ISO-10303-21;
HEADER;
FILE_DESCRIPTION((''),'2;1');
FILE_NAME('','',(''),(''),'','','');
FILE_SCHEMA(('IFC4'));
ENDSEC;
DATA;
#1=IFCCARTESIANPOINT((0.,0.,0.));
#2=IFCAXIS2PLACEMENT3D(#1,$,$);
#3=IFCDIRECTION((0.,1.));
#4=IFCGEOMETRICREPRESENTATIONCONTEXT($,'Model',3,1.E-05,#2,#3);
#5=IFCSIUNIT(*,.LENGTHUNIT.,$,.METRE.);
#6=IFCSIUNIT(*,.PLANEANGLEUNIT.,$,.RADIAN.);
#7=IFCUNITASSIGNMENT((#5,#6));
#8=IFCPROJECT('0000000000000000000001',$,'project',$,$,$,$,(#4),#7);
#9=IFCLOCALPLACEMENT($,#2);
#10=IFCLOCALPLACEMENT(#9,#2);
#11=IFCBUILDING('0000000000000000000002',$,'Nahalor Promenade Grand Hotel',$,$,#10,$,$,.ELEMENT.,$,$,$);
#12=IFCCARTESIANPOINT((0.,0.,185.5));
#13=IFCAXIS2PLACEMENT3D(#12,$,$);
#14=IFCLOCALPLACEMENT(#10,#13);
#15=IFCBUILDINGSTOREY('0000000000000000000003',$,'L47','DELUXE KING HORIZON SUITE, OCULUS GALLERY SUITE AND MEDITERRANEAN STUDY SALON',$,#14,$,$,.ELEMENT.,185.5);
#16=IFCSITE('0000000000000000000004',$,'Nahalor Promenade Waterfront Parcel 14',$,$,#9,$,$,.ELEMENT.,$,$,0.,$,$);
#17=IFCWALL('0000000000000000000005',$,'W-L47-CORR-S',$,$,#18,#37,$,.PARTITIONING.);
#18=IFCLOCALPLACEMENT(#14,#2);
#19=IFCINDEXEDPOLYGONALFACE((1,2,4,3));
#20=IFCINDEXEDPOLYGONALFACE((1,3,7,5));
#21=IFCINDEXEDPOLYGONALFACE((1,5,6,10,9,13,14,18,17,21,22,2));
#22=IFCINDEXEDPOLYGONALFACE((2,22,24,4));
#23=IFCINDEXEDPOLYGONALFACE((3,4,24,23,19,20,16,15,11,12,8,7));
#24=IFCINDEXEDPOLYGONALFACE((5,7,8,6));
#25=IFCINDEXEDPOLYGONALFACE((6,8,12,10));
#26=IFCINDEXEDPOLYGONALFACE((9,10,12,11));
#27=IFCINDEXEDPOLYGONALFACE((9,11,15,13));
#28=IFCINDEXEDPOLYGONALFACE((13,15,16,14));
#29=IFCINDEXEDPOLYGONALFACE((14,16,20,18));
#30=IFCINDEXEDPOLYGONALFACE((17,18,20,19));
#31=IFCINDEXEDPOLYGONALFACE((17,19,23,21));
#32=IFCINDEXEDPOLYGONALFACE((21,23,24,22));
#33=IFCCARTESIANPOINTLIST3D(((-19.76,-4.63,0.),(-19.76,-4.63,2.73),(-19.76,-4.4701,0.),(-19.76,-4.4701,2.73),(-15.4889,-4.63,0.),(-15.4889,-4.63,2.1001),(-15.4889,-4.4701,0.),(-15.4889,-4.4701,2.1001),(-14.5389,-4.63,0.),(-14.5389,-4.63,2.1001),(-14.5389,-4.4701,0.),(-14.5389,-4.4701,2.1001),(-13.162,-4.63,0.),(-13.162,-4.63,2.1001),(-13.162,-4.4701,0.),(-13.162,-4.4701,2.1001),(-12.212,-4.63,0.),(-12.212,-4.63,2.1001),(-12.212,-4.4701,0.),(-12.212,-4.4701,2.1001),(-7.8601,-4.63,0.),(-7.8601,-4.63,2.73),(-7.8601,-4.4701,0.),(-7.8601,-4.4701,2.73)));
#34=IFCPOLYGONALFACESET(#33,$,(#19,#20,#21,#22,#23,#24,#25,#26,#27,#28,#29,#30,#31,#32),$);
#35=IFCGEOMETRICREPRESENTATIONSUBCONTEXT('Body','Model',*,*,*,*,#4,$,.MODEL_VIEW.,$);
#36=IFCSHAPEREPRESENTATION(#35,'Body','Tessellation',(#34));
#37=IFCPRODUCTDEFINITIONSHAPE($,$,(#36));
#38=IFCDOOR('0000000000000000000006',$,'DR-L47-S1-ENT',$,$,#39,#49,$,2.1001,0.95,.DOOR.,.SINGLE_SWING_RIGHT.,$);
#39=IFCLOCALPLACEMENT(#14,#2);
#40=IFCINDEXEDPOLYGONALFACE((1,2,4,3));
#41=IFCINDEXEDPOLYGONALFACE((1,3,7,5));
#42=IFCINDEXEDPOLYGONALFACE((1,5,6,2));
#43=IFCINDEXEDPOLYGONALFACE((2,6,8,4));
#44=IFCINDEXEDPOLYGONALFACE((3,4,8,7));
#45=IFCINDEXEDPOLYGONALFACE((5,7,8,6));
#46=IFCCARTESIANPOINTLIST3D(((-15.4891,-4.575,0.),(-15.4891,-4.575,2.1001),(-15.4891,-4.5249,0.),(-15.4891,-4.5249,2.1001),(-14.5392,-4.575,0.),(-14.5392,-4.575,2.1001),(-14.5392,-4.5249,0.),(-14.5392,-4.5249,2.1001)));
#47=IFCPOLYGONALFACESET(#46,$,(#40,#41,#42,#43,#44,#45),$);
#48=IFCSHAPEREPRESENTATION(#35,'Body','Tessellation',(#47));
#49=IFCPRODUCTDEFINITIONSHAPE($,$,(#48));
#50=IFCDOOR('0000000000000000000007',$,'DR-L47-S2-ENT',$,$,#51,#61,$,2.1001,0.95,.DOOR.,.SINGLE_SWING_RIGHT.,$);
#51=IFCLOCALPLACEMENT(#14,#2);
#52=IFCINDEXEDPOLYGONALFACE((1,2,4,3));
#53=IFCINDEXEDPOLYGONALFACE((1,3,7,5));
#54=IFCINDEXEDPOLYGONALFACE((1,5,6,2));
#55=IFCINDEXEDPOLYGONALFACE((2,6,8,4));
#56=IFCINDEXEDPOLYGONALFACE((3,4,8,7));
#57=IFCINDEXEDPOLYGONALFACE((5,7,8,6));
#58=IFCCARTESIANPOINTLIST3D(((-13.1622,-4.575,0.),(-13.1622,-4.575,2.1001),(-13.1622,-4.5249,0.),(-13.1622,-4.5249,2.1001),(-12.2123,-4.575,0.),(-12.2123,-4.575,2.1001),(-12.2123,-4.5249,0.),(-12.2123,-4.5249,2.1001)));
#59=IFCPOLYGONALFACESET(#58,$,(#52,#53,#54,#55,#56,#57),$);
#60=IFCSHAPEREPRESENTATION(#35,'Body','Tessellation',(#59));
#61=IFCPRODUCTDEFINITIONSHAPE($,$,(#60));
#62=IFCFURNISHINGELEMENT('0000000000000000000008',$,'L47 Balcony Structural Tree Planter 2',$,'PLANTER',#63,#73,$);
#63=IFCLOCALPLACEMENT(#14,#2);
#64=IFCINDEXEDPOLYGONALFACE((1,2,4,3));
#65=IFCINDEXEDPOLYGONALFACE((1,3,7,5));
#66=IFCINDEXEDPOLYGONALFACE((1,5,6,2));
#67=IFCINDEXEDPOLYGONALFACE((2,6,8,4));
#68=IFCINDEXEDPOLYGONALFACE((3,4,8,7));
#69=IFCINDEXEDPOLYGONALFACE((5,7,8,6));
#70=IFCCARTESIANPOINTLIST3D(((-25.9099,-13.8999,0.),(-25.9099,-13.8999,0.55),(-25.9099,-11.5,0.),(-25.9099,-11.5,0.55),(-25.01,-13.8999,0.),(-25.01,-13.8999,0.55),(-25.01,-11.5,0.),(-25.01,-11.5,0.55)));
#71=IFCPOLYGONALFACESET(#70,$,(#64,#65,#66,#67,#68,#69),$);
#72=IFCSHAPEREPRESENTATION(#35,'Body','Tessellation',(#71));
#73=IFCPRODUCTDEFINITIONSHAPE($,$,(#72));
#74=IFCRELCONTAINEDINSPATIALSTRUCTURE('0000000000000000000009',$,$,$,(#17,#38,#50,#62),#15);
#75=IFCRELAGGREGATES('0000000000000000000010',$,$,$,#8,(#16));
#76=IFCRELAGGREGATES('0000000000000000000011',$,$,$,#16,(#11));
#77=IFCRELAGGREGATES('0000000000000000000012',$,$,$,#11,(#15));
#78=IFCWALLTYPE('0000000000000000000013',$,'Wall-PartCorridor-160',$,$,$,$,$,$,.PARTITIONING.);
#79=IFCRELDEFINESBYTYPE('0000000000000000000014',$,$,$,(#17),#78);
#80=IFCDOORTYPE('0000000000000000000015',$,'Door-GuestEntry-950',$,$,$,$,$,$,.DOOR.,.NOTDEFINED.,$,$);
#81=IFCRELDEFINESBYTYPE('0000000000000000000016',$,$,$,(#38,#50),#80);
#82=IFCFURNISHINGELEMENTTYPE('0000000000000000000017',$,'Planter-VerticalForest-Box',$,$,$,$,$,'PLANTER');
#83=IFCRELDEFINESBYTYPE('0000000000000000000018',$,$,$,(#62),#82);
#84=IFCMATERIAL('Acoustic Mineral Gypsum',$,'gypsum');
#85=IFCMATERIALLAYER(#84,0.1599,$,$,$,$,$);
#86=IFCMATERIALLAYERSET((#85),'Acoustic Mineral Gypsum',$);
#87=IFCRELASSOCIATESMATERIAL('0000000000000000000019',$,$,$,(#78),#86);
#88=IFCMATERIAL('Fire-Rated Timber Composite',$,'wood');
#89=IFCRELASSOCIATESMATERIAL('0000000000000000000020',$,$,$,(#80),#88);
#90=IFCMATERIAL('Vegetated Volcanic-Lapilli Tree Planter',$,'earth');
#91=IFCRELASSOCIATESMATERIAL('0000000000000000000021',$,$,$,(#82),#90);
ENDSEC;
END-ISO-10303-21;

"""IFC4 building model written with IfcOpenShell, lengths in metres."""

from ifc_helpers import new_model, si_unit, direction, frame, frame_2d, origin, origin_2d, place, context, subcontext, project, spatial, rectangle, extrude, source, transform, mapped, material, layer, layer_set, type_object, element, fill, save


model = new_model("IFC4")

# Units and contexts
model_context = context("Model", 3, precision=1e-05, world=origin(), true_north=direction((0.0, 1.0)))
body_context = subcontext(model_context, "Body", "Model", "MODEL_VIEW")
ifc_project = project(units=[si_unit("LENGTHUNIT", "METRE"), si_unit("PLANEANGLEUNIT", "RADIAN")], contexts=[model_context])

# Site, building, storey
site_placement = place(None, origin())
site = spatial("IfcSite", under=ifc_project, at=site_placement, Name="Nahalor Promenade Waterfront Parcel 14", CompositionType="ELEMENT", RefElevation=0.0)
building_placement = place(site_placement, origin())
building = spatial("IfcBuilding", under=site, at=building_placement, Name="Nahalor Promenade Grand Hotel", CompositionType="ELEMENT")
storey_placement = place(building_placement, frame((0.0, 0.0, 185.5)))
storey = spatial("IfcBuildingStorey", under=building, at=storey_placement, Name="L47", Description="DELUXE KING HORIZON SUITE, OCULUS GALLERY SUITE AND MEDITERRANEAN STUDY SALON", CompositionType="ELEMENT", Elevation=185.5)

# Wall, openings, doors
ifc_material_1 = material(Name="Acoustic Mineral Gypsum", Category="gypsum")
ifc_layer_1 = layer(ifc_material_1, 0.1599)
ifc_layer_set_1 = layer_set([ifc_layer_1], Name="Acoustic Mineral Gypsum")
wall_type = type_object("IfcWallType", Name="Wall-PartCorridor-160", PredefinedType="PARTITIONING", material=ifc_layer_set_1)
shared_shape_1 = source(origin(), body_context, "Body", "SweptSolid", [
    extrude(rectangle(XDim=11.8999, YDim=0.1599, at=frame_2d((5.95, 0.0))), origin(), (0.0, 0.0, 1.0), 2.73),
])
wall_placement = place(storey_placement, frame((-19.76, -4.55, 0.0), z_axis=(0.0, 0.0, 1.0), x_axis=(1.0, 0.0, 0.0)))
wall = element("IfcWall", 1, at=wall_placement, inside=storey, type_object=wall_type, Name="W-L47-CORR-S", PredefinedType="PARTITIONING", context=body_context, shape_type="MappedRepresentation", body=[
    mapped(shared_shape_1, transform((0.0, 0.0, 0.0), scale=1.0)),
])
opening_1_placement = place(wall_placement, frame((4.271, 0.0, 0.0)))
opening_1 = element("IfcOpeningElement", 2, at=opening_1_placement, cuts=wall, PredefinedType="OPENING", context=body_context, shape_type="SweptSolid", body=[
    extrude(rectangle(XDim=0.95, YDim=2.1001, at=frame_2d((0.4751, 1.05))), frame((0.0, 0.0898, 0.0), z_axis=(0.0, -1.0, 0.0), x_axis=(1.0, 0.0, 0.0)), (0.0, 0.0, 1.0), 0.1799),
])
opening_2_placement = place(wall_placement, frame((6.5979, 0.0, 0.0)))
opening_2 = element("IfcOpeningElement", 3, at=opening_2_placement, cuts=wall, PredefinedType="OPENING", context=body_context, shape_type="SweptSolid", body=[
    extrude(rectangle(XDim=0.95, YDim=2.1001, at=frame_2d((0.4751, 1.05))), frame((0.0, 0.0898, 0.0), z_axis=(0.0, -1.0, 0.0), x_axis=(1.0, 0.0, 0.0)), (0.0, 0.0, 1.0), 0.1799),
])
ifc_material_2 = material(Name="Fire-Rated Timber Composite", Category="wood")
door_type = type_object("IfcDoorType", Name="Door-GuestEntry-950", OperationType="NOTDEFINED", PredefinedType="DOOR", material=ifc_material_2)
shared_shape_2 = source(origin(), body_context, "Body", "SweptSolid", [
    extrude(rectangle(XDim=0.95, YDim=2.1001, at=frame_2d((0.4751, 1.05))), frame((0.0, 0.0249, 0.0), z_axis=(0.0, -1.0, 0.0), x_axis=(1.0, 0.0, 0.0)), (0.0, 0.0, 1.0), 0.05),
])
door_1_placement = place(opening_1_placement, frame((0.95, 0.0, 0.0), z_axis=(0.0, 0.0, 1.0), x_axis=(-1.0, 0.0, 0.0)))
door_1 = element("IfcDoor", 4, at=door_1_placement, inside=storey, type_object=door_type, Name="DR-L47-S1-ENT", OperationType="SINGLE_SWING_RIGHT", OverallHeight=2.1001, OverallWidth=0.95, PredefinedType="DOOR", context=body_context, shape_type="MappedRepresentation", body=[
    mapped(shared_shape_2, transform((0.0, 0.0, 0.0), scale=1.0)),
])
fill(opening_1, door_1)
door_2_placement = place(opening_2_placement, frame((0.95, 0.0, 0.0), z_axis=(0.0, 0.0, 1.0), x_axis=(-1.0, 0.0, 0.0)))
door_2 = element("IfcDoor", 5, at=door_2_placement, inside=storey, type_object=door_type, Name="DR-L47-S2-ENT", OperationType="SINGLE_SWING_RIGHT", OverallHeight=2.1001, OverallWidth=0.95, PredefinedType="DOOR", context=body_context, shape_type="MappedRepresentation", body=[
    mapped(shared_shape_2, transform((0.0, 0.0, 0.0), scale=1.0)),
])
fill(opening_2, door_2)

# Furnishing element
ifc_material_3 = material(Name="Vegetated Volcanic-Lapilli Tree Planter", Category="earth")
furnishing_element_type = type_object("IfcFurnishingElementType", Name="Planter-VerticalForest-Box", ElementType="PLANTER", material=ifc_material_3)
shared_shape_3 = source(origin(), body_context, "Body", "SweptSolid", [
    extrude(rectangle(XDim=2.3999, YDim=0.8999, at=origin_2d()), origin(), (0.0, 0.0, 1.0), 0.55),
])
furnishing_placement = place(storey_placement, frame((-25.46, -12.7, 0.0), z_axis=(0.0, 0.0, 1.0), x_axis=(0.0, 1.0, 0.0)))
element("IfcFurnishingElement", 6, at=furnishing_placement, inside=storey, type_object=furnishing_element_type, Name="L47 Balcony Structural Tree Planter 2", ObjectType="PLANTER", context=body_context, shape_type="MappedRepresentation", body=[
    mapped(shared_shape_3, transform((0.0, 0.0, 0.0), scale=1.0)),
])

save(model, "model.ifc")
